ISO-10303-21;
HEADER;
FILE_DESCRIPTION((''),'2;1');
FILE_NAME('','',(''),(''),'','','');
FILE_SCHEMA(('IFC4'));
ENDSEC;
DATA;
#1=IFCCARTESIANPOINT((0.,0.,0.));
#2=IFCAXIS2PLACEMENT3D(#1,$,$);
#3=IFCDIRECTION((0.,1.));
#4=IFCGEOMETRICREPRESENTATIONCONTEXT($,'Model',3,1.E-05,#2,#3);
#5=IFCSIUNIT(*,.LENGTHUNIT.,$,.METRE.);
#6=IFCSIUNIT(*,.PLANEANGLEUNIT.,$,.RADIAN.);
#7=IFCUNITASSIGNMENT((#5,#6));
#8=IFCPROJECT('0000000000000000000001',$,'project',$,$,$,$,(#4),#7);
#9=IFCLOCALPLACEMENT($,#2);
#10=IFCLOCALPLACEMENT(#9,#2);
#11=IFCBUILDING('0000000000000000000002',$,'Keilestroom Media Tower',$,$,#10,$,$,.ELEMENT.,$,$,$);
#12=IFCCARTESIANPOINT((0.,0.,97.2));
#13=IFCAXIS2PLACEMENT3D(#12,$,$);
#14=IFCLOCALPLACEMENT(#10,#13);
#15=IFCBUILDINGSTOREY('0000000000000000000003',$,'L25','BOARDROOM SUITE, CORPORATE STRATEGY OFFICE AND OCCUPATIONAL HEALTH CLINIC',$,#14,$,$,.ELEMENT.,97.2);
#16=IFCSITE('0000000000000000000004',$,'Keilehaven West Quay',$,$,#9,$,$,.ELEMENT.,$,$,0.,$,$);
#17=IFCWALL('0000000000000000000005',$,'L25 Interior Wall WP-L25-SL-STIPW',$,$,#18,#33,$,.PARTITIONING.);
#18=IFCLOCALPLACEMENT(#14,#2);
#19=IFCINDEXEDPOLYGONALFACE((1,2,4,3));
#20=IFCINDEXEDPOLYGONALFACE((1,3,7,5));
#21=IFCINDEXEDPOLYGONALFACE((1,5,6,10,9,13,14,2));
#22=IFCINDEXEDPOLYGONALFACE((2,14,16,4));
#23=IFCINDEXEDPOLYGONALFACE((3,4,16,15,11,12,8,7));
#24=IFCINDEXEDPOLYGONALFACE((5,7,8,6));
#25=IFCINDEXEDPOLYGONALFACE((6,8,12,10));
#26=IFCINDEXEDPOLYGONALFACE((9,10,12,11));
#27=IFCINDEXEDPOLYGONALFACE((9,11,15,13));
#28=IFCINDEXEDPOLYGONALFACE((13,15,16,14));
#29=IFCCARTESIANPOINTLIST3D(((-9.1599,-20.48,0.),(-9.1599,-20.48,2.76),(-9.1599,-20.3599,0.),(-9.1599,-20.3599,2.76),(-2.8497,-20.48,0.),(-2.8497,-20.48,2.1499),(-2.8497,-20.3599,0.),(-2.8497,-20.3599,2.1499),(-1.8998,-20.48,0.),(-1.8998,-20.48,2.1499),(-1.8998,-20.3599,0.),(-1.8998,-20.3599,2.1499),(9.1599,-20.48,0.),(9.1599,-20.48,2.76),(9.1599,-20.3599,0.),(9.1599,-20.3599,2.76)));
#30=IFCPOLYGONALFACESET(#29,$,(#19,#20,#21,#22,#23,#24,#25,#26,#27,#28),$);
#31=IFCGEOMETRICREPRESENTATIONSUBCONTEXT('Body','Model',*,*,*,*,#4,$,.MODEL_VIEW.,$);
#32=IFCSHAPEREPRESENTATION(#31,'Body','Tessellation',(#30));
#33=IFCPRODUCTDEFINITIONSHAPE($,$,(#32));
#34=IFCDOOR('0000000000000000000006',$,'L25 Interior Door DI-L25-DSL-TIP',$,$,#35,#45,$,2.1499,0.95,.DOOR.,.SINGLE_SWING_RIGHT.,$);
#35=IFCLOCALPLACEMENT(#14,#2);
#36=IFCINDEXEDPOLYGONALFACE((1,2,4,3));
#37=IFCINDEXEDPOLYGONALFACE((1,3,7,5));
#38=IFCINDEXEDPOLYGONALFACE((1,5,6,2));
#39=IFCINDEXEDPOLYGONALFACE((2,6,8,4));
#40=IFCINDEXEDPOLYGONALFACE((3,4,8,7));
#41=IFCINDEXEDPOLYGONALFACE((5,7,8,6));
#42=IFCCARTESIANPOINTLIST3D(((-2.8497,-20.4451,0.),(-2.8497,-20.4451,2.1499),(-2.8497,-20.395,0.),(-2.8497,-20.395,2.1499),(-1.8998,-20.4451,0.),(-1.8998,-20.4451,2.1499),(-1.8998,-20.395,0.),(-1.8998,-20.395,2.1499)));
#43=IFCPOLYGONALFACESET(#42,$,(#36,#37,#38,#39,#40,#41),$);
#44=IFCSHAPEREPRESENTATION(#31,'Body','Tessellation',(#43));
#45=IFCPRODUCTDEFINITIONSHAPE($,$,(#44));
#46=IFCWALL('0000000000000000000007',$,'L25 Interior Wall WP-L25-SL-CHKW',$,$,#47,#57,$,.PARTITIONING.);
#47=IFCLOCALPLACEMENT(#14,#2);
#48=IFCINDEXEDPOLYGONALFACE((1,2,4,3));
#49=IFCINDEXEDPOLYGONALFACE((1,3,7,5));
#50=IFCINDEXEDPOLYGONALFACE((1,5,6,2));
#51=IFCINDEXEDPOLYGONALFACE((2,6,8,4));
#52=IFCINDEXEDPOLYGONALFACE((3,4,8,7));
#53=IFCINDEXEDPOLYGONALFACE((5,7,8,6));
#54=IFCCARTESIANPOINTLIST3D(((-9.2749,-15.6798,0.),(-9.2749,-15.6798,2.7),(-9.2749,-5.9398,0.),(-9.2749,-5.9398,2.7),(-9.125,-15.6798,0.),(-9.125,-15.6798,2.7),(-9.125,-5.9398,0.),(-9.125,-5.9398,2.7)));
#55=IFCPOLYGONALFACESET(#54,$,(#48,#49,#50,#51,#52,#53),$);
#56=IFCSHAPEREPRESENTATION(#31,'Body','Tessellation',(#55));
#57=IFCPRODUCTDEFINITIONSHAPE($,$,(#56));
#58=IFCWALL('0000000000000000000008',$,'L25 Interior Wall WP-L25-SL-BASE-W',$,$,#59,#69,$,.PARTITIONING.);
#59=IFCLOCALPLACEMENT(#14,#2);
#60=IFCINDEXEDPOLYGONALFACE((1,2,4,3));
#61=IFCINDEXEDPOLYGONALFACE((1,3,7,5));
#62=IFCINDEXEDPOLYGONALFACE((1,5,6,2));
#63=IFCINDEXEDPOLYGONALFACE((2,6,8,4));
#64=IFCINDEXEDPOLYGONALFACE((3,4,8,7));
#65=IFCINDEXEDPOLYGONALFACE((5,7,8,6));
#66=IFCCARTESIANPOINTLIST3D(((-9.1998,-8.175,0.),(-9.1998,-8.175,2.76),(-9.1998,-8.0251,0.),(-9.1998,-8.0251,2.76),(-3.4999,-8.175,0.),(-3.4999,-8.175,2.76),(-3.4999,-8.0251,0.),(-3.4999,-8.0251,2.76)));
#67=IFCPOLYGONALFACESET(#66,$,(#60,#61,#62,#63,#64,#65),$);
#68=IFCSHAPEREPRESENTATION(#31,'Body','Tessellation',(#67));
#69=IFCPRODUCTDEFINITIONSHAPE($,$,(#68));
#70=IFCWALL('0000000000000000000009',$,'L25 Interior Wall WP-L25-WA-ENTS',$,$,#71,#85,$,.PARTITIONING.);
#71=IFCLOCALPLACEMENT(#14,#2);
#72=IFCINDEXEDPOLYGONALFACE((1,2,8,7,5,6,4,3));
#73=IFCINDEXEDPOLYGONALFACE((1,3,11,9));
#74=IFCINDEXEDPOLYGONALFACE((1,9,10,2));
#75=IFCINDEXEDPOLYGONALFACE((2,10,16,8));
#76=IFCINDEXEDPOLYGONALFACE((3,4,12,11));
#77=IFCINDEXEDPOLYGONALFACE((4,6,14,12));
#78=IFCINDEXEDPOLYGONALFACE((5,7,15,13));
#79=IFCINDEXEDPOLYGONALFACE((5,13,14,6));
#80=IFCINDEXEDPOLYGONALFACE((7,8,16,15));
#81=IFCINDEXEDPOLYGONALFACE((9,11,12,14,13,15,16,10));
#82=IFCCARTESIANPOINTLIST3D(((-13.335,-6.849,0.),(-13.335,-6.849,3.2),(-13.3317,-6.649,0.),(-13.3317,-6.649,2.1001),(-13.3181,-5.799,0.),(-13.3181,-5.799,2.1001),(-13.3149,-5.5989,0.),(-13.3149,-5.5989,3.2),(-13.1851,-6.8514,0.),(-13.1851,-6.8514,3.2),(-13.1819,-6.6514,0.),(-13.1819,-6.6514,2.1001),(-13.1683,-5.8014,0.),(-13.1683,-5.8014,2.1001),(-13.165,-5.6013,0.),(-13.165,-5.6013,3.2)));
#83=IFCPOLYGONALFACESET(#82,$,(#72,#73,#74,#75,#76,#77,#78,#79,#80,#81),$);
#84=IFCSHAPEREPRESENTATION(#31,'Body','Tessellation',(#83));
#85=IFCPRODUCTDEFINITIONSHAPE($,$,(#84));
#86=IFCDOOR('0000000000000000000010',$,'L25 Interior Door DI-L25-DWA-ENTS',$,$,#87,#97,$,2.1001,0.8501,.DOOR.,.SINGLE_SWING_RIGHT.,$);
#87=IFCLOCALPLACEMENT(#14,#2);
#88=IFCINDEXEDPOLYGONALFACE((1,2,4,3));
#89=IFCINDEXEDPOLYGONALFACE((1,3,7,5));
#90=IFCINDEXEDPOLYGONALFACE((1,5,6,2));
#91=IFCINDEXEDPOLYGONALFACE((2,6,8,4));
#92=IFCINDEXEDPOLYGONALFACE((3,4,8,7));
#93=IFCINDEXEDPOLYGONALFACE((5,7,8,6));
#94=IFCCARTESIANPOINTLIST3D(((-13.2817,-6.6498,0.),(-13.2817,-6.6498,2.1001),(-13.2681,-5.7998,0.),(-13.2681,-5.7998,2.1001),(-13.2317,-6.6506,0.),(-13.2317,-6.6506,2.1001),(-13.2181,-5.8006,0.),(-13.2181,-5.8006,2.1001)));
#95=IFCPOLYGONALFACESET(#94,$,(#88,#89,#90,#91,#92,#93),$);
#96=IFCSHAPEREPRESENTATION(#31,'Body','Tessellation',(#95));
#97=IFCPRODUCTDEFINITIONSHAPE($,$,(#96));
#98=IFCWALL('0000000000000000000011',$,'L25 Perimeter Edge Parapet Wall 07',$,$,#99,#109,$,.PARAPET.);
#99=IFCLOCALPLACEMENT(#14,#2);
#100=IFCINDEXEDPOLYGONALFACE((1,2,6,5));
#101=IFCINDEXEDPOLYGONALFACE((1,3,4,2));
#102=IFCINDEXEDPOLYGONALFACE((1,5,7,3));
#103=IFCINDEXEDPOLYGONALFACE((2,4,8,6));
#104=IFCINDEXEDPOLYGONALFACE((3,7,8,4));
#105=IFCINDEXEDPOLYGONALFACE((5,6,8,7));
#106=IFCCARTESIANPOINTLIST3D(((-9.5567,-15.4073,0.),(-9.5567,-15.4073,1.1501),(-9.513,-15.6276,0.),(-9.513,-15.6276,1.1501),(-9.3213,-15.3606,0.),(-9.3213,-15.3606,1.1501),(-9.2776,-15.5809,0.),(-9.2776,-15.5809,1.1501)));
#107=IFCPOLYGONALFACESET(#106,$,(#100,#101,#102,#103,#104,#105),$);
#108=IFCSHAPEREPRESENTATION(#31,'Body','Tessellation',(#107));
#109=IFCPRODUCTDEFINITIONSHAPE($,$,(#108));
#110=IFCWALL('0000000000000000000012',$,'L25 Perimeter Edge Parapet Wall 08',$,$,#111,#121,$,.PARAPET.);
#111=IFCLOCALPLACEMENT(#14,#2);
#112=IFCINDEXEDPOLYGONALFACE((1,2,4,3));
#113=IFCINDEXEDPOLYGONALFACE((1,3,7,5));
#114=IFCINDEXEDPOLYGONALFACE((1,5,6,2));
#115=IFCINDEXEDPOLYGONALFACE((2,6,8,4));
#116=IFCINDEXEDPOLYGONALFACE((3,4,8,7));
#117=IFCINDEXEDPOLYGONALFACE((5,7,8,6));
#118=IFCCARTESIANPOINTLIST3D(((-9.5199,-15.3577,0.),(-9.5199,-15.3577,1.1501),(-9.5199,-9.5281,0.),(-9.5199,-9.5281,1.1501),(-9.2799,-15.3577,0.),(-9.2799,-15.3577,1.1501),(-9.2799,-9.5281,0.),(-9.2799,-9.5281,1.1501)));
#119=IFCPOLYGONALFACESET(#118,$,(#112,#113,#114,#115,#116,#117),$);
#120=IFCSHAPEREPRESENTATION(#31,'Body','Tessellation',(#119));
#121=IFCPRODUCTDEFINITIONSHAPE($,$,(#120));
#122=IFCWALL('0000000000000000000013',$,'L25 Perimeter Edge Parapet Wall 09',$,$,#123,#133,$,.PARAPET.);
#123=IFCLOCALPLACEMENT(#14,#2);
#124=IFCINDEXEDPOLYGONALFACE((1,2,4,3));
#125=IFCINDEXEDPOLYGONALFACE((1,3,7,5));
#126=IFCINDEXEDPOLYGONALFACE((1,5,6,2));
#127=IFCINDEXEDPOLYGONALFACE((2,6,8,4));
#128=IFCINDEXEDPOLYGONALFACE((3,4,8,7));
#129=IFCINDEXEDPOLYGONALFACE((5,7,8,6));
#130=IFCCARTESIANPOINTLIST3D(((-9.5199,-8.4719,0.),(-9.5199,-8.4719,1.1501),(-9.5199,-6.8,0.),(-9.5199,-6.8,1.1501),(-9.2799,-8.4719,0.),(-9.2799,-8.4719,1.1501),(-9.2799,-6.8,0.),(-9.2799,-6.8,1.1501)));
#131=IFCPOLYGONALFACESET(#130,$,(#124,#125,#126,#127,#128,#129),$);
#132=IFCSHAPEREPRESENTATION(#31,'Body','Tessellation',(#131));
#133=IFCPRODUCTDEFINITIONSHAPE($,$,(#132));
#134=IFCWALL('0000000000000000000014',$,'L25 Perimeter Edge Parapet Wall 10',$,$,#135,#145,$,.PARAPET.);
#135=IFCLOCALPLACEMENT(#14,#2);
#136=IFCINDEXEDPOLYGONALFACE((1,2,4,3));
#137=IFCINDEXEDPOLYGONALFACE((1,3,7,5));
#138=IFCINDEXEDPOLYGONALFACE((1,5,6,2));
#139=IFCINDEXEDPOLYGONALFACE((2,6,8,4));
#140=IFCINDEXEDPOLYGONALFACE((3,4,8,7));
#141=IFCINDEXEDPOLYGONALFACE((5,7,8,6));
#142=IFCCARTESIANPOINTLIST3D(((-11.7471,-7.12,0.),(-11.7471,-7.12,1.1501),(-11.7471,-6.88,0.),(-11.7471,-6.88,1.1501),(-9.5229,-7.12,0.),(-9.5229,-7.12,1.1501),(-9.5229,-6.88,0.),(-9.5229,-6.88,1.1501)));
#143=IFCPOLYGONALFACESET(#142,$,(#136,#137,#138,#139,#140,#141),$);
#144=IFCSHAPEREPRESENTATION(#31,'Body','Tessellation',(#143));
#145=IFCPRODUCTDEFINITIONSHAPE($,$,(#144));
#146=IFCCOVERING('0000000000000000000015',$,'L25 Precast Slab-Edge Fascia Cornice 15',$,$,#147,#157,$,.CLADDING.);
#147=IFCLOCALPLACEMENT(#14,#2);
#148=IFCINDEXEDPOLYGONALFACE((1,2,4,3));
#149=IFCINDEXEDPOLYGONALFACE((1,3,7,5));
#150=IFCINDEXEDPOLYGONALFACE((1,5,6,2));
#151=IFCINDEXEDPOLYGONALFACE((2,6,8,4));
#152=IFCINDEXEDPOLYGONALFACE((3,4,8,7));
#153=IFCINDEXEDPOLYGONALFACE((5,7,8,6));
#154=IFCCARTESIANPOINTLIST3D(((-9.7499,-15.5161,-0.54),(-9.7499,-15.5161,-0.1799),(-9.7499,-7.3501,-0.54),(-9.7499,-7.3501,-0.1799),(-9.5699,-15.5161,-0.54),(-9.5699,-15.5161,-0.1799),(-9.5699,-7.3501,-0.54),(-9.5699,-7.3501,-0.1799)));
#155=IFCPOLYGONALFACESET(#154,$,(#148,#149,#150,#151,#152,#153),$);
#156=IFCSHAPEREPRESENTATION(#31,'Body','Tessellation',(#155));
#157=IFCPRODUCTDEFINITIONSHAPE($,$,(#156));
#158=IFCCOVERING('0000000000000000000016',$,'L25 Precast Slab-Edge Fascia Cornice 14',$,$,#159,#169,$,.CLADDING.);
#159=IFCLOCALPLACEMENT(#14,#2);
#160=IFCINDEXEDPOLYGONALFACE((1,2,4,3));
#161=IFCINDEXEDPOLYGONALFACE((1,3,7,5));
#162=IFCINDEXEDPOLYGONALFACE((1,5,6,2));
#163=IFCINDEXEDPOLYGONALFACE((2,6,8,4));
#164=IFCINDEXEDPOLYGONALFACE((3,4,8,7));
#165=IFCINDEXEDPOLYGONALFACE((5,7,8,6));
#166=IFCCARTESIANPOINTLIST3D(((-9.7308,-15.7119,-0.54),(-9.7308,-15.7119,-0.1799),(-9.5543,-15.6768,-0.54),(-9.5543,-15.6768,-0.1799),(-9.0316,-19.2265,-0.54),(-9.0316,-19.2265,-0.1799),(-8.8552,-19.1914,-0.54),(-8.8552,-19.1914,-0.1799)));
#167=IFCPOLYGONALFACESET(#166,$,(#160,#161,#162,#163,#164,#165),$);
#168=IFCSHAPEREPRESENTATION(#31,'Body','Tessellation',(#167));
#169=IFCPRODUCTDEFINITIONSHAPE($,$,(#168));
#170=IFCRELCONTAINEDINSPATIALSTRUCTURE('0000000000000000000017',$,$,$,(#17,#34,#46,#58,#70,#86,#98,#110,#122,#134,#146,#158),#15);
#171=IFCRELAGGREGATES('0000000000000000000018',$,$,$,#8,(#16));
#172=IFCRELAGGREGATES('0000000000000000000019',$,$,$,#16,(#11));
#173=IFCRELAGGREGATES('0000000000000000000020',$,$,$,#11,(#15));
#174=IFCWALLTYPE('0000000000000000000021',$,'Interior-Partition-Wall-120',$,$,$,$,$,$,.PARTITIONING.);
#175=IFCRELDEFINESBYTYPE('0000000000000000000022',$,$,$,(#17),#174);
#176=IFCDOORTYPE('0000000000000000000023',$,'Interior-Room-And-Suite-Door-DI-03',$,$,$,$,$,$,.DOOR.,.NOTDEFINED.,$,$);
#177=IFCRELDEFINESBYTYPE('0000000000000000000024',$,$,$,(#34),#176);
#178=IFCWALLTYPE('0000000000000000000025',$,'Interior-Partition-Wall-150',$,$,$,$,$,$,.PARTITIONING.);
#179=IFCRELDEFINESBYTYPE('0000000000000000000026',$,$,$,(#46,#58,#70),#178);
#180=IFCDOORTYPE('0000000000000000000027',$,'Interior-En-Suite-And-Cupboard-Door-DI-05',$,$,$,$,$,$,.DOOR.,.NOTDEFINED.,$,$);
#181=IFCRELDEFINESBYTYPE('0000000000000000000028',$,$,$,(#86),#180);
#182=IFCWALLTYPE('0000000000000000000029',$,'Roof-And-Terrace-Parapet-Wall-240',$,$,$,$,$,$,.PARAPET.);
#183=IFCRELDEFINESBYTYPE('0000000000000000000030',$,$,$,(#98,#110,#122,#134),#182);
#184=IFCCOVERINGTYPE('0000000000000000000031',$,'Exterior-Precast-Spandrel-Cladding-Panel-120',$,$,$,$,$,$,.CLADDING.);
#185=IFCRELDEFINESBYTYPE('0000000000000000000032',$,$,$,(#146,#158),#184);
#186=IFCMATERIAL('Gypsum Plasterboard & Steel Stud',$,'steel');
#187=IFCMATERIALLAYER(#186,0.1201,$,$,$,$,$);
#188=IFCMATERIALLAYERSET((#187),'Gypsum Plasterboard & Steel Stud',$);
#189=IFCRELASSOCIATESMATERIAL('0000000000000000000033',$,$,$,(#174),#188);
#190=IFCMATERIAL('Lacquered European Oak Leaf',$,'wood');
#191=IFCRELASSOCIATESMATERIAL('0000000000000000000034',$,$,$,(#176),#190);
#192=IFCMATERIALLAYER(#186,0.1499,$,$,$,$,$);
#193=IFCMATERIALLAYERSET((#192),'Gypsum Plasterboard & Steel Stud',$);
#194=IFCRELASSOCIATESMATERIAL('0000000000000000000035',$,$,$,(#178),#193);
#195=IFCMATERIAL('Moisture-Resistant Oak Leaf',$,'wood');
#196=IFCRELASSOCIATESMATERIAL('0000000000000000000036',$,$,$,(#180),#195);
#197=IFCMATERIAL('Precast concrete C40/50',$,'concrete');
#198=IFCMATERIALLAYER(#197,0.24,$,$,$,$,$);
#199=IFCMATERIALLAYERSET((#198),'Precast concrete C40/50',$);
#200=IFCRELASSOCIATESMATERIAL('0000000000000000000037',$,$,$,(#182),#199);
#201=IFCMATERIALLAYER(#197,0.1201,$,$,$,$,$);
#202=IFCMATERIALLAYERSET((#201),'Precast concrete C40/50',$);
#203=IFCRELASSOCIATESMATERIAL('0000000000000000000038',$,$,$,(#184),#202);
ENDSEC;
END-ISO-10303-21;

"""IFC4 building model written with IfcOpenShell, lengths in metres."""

from ifc_helpers import new_model, si_unit, direction, frame, frame_2d, origin, origin_2d, place, context, subcontext, project, spatial, rectangle, extrude, source, transform, mapped, material, layer, layer_set, type_object, element, fill, save


model = new_model("IFC4")

# Units and contexts
model_context = context("Model", 3, precision=1e-05, world=origin(), true_north=direction((0.0, 1.0)))
body_context = subcontext(model_context, "Body", "Model", "MODEL_VIEW")
ifc_project = project(units=[si_unit("LENGTHUNIT", "METRE"), si_unit("PLANEANGLEUNIT", "RADIAN")], contexts=[model_context])

# Site, building, storey
site_placement = place(None, origin())
site = spatial("IfcSite", under=ifc_project, at=site_placement, Name="Keilehaven West Quay", CompositionType="ELEMENT", RefElevation=0.0)
building_placement = place(site_placement, origin())
building = spatial("IfcBuilding", under=site, at=building_placement, Name="Keilestroom Media Tower", CompositionType="ELEMENT")
storey_placement = place(building_placement, frame((0.0, 0.0, 97.2)))
storey = spatial("IfcBuildingStorey", under=building, at=storey_placement, Name="L25", Description="BOARDROOM SUITE, CORPORATE STRATEGY OFFICE AND OCCUPATIONAL HEALTH CLINIC", CompositionType="ELEMENT", Elevation=97.2)

# Shared definitions
ifc_material_1 = material(Name="Precast concrete C40/50", Category="concrete")

# Wall, opening, door
ifc_material_2 = material(Name="Gypsum Plasterboard & Steel Stud", Category="steel")
ifc_layer_1 = layer(ifc_material_2, 0.1201)
ifc_layer_set_1 = layer_set([ifc_layer_1], Name="Gypsum Plasterboard & Steel Stud")
wall_type_1 = type_object("IfcWallType", Name="Interior-Partition-Wall-120", PredefinedType="PARTITIONING", material=ifc_layer_set_1)
wall_1_placement = place(storey_placement, frame((-9.1599, -20.4199, 0.0), z_axis=(0.0, 0.0, 1.0), x_axis=(1.0, 0.0, 0.0)))
wall_1 = element("IfcWall", 1, at=wall_1_placement, inside=storey, type_object=wall_type_1, Name="L25 Interior Wall WP-L25-SL-STIPW", PredefinedType="PARTITIONING", context=body_context, shape_type="SweptSolid", body=[
    extrude(rectangle(XDim=18.3198, YDim=0.1201, at=frame_2d((9.1599, 0.0))), origin(), (0.0, 0.0, 1.0), 2.76),
])
opening_1_placement = place(wall_1_placement, frame((6.3101, 0.0, 0.0)))
opening_1 = element("IfcOpeningElement", 2, at=opening_1_placement, cuts=wall_1, PredefinedType="OPENING", context=body_context, shape_type="SweptSolid", body=[
    extrude(rectangle(XDim=0.95, YDim=2.1499, at=frame_2d((0.4751, 1.075))), frame((0.0, 0.0701, 0.0), z_axis=(0.0, -1.0, 0.0), x_axis=(1.0, 0.0, 0.0)), (0.0, 0.0, 1.0), 0.1401),
])
ifc_material_3 = material(Name="Lacquered European Oak Leaf", Category="wood")
door_type_1 = type_object("IfcDoorType", Name="Interior-Room-And-Suite-Door-DI-03", OperationType="NOTDEFINED", PredefinedType="DOOR", material=ifc_material_3)
shared_shape_1 = source(origin(), body_context, "Body", "SweptSolid", [
    extrude(rectangle(XDim=0.95, YDim=2.1499, at=frame_2d((0.4751, 1.075))), frame((0.0, 0.0249, 0.0), z_axis=(0.0, -1.0, 0.0), x_axis=(1.0, 0.0, 0.0)), (0.0, 0.0, 1.0), 0.05),
])
door_1_placement = place(opening_1_placement, origin())
door_1 = element("IfcDoor", 3, at=door_1_placement, inside=storey, type_object=door_type_1, Name="L25 Interior Door DI-L25-DSL-TIP", OperationType="SINGLE_SWING_RIGHT", OverallHeight=2.1499, OverallWidth=0.95, PredefinedType="DOOR", context=body_context, shape_type="MappedRepresentation", body=[
    mapped(shared_shape_1, transform((0.0, 0.0, 0.0), x_axis=(1.0, 0.0, 0.0), y_axis=(0.0, 1.0, 0.0), z_axis=(0.0, 0.0, 1.0), scale=1.0)),
])
fill(opening_1, door_1)

# Walls
ifc_layer_2 = layer(ifc_material_2, 0.1499)
ifc_layer_set_2 = layer_set([ifc_layer_2], Name="Gypsum Plasterboard & Steel Stud")
wall_type_2 = type_object("IfcWallType", Name="Interior-Partition-Wall-150", PredefinedType="PARTITIONING", material=ifc_layer_set_2)
wall_2_placement = place(storey_placement, frame((-9.2, -15.6799, 0.0), z_axis=(0.0, 0.0, 1.0), x_axis=(0.0, 1.0, 0.0)))
element("IfcWall", 4, at=wall_2_placement, inside=storey, type_object=wall_type_2, Name="L25 Interior Wall WP-L25-SL-CHKW", PredefinedType="PARTITIONING", context=body_context, shape_type="SweptSolid", body=[
    extrude(rectangle(XDim=9.74, YDim=0.1499, at=frame_2d((4.8701, 0.0))), origin(), (0.0, 0.0, 1.0), 2.7),
])
wall_3_placement = place(storey_placement, frame((-9.2, -8.1001, 0.0), z_axis=(0.0, 0.0, 1.0), x_axis=(1.0, 0.0, 0.0)))
element("IfcWall", 5, at=wall_3_placement, inside=storey, type_object=wall_type_2, Name="L25 Interior Wall WP-L25-SL-BASE-W", PredefinedType="PARTITIONING", context=body_context, shape_type="SweptSolid", body=[
    extrude(rectangle(XDim=5.7, YDim=0.1499, at=frame_2d((2.8501, 0.0))), origin(), (0.0, 0.0, 1.0), 2.76),
])

# Wall, opening, door
wall_4_placement = place(storey_placement, frame((-13.26, -6.8501, 0.0), z_axis=(0.0, 0.0, 1.0), x_axis=(0.016014, 0.999872, 0.0)))
wall_4 = element("IfcWall", 6, at=wall_4_placement, inside=storey, type_object=wall_type_2, Name="L25 Interior Wall WP-L25-WA-ENTS", PredefinedType="PARTITIONING", context=body_context, shape_type="SweptSolid", body=[
    extrude(rectangle(XDim=1.2502, YDim=0.1499, at=frame_2d((0.625, 0.0))), origin(), (0.0, 0.0, 1.0), 3.2),
])
opening_2_placement = place(wall_4_placement, frame((0.2, 0.0, 0.0)))
opening_2 = element("IfcOpeningElement", 7, at=opening_2_placement, cuts=wall_4, PredefinedType="OPENING", context=body_context, shape_type="SweptSolid", body=[
    extrude(rectangle(XDim=0.8501, YDim=2.1001, at=frame_2d((0.425, 1.05))), frame((0.0, 0.085, 0.0), z_axis=(0.0, -1.0, 0.0), x_axis=(1.0, 0.0, 0.0)), (0.0, 0.0, 1.0), 0.1699),
])
ifc_material_4 = material(Name="Moisture-Resistant Oak Leaf", Category="wood")
door_type_2 = type_object("IfcDoorType", Name="Interior-En-Suite-And-Cupboard-Door-DI-05", OperationType="NOTDEFINED", PredefinedType="DOOR", material=ifc_material_4)
shared_shape_2 = source(origin(), body_context, "Body", "SweptSolid", [
    extrude(rectangle(XDim=0.8501, YDim=2.1001, at=frame_2d((0.425, 1.05))), frame((0.0, 0.0249, 0.0), z_axis=(0.0, -1.0, 0.0), x_axis=(1.0, 0.0, 0.0)), (0.0, 0.0, 1.0), 0.05),
])
door_2_placement = place(opening_2_placement, origin())
door_2 = element("IfcDoor", 8, at=door_2_placement, inside=storey, type_object=door_type_2, Name="L25 Interior Door DI-L25-DWA-ENTS", OperationType="SINGLE_SWING_RIGHT", OverallHeight=2.1001, OverallWidth=0.8501, PredefinedType="DOOR", context=body_context, shape_type="MappedRepresentation", body=[
    mapped(shared_shape_2, transform((0.0, 0.0, 0.0), x_axis=(1.0, 0.0, 0.0), y_axis=(0.0, 1.0, 0.0), z_axis=(0.0, 0.0, 1.0), scale=1.0)),
])
fill(opening_2, door_2)

# Walls
ifc_layer_3 = layer(ifc_material_1, 0.24)
ifc_layer_set_3 = layer_set([ifc_layer_3], Name="Precast concrete C40/50")
wall_type_3 = type_object("IfcWallType", Name="Roof-And-Terrace-Parapet-Wall-240", PredefinedType="PARAPET", material=ifc_layer_set_3)
wall_5_placement = place(storey_placement, frame((-9.3953, -15.6042, 0.0), z_axis=(0.0, 0.0, 1.0), x_axis=(-0.194652, 0.980872, 0.0)))
element("IfcWall", 9, at=wall_5_placement, inside=storey, type_object=wall_type_3, Name="L25 Perimeter Edge Parapet Wall 07", PredefinedType="PARAPET", context=body_context, shape_type="SweptSolid", body=[
    extrude(rectangle(XDim=0.2246, YDim=0.24, at=frame_2d((0.1123, 0.0))), origin(), (0.0, 0.0, 1.0), 1.1501),
])
wall_6_placement = place(storey_placement, frame((-9.3999, -15.3577, 0.0), z_axis=(0.0, 0.0, 1.0), x_axis=(0.0, 1.0, 0.0)))
element("IfcWall", 10, at=wall_6_placement, inside=storey, type_object=wall_type_3, Name="L25 Perimeter Edge Parapet Wall 08", PredefinedType="PARAPET", context=body_context, shape_type="SweptSolid", body=[
    extrude(rectangle(XDim=5.8296, YDim=0.24, at=frame_2d((2.9148, 0.0))), origin(), (0.0, 0.0, 1.0), 1.1501),
])
wall_7_placement = place(storey_placement, frame((-9.3999, -8.4719, 0.0), z_axis=(0.0, 0.0, 1.0), x_axis=(0.0, 1.0, 0.0)))
element("IfcWall", 11, at=wall_7_placement, inside=storey, type_object=wall_type_3, Name="L25 Perimeter Edge Parapet Wall 09", PredefinedType="PARAPET", context=body_context, shape_type="SweptSolid", body=[
    extrude(rectangle(XDim=1.6719, YDim=0.24, at=frame_2d((0.8359, 0.0))), origin(), (0.0, 0.0, 1.0), 1.1501),
])
wall_8_placement = place(storey_placement, frame((-9.5229, -7.0, 0.0), z_axis=(0.0, 0.0, 1.0), x_axis=(-1.0, 0.0, 0.0)))
element("IfcWall", 12, at=wall_8_placement, inside=storey, type_object=wall_type_3, Name="L25 Perimeter Edge Parapet Wall 10", PredefinedType="PARAPET", context=body_context, shape_type="SweptSolid", body=[
    extrude(rectangle(XDim=2.2241, YDim=0.24, at=frame_2d((1.1121, 0.0))), origin(), (0.0, 0.0, 1.0), 1.1501),
])

# Coverings
ifc_layer_4 = layer(ifc_material_1, 0.1201)
ifc_layer_set_4 = layer_set([ifc_layer_4], Name="Precast concrete C40/50")
covering_type = type_object("IfcCoveringType", Name="Exterior-Precast-Spandrel-Cladding-Panel-120", PredefinedType="CLADDING", material=ifc_layer_set_4)
shared_shape_3 = source(origin(), body_context, "Body", "SweptSolid", [
    extrude(rectangle(XDim=8.166, YDim=0.1799, at=origin_2d()), origin(), (0.0, 0.0, 1.0), 0.3601),
])
covering_1_placement = place(storey_placement, frame((-9.6599, -11.4331, -0.54), z_axis=(0.0, 0.0, 1.0), x_axis=(0.0, 1.0, 0.0)))
element("IfcCovering", 13, at=covering_1_placement, inside=storey, type_object=covering_type, Name="L25 Precast Slab-Edge Fascia Cornice 15", PredefinedType="CLADDING", context=body_context, shape_type="MappedRepresentation", body=[
    mapped(shared_shape_3, transform((0.0, 0.0, 0.0), x_axis=(1.0, 0.0, 0.0), y_axis=(0.0, 1.0, 0.0), z_axis=(0.0, 0.0, 1.0), scale=1.0)),
])
shared_shape_4 = source(origin(), body_context, "Body", "SweptSolid", [
    extrude(rectangle(XDim=3.5835, YDim=0.1799, at=origin_2d()), origin(), (0.0, 0.0, 1.0), 0.3601),
])
covering_2_placement = place(storey_placement, frame((-9.293, -17.4517, -0.54), z_axis=(0.0, 0.0, 1.0), x_axis=(-0.195099, 0.980784, 0.0)))
element("IfcCovering", 14, at=covering_2_placement, inside=storey, type_object=covering_type, Name="L25 Precast Slab-Edge Fascia Cornice 14", PredefinedType="CLADDING", context=body_context, shape_type="MappedRepresentation", body=[
    mapped(shared_shape_4, transform((0.0, 0.0, 0.0), x_axis=(1.0, 0.0, 0.0), y_axis=(0.0, 1.0, 0.0), z_axis=(0.0, 0.0, 1.0), scale=1.0)),
])

save(model, "model.ifc")
